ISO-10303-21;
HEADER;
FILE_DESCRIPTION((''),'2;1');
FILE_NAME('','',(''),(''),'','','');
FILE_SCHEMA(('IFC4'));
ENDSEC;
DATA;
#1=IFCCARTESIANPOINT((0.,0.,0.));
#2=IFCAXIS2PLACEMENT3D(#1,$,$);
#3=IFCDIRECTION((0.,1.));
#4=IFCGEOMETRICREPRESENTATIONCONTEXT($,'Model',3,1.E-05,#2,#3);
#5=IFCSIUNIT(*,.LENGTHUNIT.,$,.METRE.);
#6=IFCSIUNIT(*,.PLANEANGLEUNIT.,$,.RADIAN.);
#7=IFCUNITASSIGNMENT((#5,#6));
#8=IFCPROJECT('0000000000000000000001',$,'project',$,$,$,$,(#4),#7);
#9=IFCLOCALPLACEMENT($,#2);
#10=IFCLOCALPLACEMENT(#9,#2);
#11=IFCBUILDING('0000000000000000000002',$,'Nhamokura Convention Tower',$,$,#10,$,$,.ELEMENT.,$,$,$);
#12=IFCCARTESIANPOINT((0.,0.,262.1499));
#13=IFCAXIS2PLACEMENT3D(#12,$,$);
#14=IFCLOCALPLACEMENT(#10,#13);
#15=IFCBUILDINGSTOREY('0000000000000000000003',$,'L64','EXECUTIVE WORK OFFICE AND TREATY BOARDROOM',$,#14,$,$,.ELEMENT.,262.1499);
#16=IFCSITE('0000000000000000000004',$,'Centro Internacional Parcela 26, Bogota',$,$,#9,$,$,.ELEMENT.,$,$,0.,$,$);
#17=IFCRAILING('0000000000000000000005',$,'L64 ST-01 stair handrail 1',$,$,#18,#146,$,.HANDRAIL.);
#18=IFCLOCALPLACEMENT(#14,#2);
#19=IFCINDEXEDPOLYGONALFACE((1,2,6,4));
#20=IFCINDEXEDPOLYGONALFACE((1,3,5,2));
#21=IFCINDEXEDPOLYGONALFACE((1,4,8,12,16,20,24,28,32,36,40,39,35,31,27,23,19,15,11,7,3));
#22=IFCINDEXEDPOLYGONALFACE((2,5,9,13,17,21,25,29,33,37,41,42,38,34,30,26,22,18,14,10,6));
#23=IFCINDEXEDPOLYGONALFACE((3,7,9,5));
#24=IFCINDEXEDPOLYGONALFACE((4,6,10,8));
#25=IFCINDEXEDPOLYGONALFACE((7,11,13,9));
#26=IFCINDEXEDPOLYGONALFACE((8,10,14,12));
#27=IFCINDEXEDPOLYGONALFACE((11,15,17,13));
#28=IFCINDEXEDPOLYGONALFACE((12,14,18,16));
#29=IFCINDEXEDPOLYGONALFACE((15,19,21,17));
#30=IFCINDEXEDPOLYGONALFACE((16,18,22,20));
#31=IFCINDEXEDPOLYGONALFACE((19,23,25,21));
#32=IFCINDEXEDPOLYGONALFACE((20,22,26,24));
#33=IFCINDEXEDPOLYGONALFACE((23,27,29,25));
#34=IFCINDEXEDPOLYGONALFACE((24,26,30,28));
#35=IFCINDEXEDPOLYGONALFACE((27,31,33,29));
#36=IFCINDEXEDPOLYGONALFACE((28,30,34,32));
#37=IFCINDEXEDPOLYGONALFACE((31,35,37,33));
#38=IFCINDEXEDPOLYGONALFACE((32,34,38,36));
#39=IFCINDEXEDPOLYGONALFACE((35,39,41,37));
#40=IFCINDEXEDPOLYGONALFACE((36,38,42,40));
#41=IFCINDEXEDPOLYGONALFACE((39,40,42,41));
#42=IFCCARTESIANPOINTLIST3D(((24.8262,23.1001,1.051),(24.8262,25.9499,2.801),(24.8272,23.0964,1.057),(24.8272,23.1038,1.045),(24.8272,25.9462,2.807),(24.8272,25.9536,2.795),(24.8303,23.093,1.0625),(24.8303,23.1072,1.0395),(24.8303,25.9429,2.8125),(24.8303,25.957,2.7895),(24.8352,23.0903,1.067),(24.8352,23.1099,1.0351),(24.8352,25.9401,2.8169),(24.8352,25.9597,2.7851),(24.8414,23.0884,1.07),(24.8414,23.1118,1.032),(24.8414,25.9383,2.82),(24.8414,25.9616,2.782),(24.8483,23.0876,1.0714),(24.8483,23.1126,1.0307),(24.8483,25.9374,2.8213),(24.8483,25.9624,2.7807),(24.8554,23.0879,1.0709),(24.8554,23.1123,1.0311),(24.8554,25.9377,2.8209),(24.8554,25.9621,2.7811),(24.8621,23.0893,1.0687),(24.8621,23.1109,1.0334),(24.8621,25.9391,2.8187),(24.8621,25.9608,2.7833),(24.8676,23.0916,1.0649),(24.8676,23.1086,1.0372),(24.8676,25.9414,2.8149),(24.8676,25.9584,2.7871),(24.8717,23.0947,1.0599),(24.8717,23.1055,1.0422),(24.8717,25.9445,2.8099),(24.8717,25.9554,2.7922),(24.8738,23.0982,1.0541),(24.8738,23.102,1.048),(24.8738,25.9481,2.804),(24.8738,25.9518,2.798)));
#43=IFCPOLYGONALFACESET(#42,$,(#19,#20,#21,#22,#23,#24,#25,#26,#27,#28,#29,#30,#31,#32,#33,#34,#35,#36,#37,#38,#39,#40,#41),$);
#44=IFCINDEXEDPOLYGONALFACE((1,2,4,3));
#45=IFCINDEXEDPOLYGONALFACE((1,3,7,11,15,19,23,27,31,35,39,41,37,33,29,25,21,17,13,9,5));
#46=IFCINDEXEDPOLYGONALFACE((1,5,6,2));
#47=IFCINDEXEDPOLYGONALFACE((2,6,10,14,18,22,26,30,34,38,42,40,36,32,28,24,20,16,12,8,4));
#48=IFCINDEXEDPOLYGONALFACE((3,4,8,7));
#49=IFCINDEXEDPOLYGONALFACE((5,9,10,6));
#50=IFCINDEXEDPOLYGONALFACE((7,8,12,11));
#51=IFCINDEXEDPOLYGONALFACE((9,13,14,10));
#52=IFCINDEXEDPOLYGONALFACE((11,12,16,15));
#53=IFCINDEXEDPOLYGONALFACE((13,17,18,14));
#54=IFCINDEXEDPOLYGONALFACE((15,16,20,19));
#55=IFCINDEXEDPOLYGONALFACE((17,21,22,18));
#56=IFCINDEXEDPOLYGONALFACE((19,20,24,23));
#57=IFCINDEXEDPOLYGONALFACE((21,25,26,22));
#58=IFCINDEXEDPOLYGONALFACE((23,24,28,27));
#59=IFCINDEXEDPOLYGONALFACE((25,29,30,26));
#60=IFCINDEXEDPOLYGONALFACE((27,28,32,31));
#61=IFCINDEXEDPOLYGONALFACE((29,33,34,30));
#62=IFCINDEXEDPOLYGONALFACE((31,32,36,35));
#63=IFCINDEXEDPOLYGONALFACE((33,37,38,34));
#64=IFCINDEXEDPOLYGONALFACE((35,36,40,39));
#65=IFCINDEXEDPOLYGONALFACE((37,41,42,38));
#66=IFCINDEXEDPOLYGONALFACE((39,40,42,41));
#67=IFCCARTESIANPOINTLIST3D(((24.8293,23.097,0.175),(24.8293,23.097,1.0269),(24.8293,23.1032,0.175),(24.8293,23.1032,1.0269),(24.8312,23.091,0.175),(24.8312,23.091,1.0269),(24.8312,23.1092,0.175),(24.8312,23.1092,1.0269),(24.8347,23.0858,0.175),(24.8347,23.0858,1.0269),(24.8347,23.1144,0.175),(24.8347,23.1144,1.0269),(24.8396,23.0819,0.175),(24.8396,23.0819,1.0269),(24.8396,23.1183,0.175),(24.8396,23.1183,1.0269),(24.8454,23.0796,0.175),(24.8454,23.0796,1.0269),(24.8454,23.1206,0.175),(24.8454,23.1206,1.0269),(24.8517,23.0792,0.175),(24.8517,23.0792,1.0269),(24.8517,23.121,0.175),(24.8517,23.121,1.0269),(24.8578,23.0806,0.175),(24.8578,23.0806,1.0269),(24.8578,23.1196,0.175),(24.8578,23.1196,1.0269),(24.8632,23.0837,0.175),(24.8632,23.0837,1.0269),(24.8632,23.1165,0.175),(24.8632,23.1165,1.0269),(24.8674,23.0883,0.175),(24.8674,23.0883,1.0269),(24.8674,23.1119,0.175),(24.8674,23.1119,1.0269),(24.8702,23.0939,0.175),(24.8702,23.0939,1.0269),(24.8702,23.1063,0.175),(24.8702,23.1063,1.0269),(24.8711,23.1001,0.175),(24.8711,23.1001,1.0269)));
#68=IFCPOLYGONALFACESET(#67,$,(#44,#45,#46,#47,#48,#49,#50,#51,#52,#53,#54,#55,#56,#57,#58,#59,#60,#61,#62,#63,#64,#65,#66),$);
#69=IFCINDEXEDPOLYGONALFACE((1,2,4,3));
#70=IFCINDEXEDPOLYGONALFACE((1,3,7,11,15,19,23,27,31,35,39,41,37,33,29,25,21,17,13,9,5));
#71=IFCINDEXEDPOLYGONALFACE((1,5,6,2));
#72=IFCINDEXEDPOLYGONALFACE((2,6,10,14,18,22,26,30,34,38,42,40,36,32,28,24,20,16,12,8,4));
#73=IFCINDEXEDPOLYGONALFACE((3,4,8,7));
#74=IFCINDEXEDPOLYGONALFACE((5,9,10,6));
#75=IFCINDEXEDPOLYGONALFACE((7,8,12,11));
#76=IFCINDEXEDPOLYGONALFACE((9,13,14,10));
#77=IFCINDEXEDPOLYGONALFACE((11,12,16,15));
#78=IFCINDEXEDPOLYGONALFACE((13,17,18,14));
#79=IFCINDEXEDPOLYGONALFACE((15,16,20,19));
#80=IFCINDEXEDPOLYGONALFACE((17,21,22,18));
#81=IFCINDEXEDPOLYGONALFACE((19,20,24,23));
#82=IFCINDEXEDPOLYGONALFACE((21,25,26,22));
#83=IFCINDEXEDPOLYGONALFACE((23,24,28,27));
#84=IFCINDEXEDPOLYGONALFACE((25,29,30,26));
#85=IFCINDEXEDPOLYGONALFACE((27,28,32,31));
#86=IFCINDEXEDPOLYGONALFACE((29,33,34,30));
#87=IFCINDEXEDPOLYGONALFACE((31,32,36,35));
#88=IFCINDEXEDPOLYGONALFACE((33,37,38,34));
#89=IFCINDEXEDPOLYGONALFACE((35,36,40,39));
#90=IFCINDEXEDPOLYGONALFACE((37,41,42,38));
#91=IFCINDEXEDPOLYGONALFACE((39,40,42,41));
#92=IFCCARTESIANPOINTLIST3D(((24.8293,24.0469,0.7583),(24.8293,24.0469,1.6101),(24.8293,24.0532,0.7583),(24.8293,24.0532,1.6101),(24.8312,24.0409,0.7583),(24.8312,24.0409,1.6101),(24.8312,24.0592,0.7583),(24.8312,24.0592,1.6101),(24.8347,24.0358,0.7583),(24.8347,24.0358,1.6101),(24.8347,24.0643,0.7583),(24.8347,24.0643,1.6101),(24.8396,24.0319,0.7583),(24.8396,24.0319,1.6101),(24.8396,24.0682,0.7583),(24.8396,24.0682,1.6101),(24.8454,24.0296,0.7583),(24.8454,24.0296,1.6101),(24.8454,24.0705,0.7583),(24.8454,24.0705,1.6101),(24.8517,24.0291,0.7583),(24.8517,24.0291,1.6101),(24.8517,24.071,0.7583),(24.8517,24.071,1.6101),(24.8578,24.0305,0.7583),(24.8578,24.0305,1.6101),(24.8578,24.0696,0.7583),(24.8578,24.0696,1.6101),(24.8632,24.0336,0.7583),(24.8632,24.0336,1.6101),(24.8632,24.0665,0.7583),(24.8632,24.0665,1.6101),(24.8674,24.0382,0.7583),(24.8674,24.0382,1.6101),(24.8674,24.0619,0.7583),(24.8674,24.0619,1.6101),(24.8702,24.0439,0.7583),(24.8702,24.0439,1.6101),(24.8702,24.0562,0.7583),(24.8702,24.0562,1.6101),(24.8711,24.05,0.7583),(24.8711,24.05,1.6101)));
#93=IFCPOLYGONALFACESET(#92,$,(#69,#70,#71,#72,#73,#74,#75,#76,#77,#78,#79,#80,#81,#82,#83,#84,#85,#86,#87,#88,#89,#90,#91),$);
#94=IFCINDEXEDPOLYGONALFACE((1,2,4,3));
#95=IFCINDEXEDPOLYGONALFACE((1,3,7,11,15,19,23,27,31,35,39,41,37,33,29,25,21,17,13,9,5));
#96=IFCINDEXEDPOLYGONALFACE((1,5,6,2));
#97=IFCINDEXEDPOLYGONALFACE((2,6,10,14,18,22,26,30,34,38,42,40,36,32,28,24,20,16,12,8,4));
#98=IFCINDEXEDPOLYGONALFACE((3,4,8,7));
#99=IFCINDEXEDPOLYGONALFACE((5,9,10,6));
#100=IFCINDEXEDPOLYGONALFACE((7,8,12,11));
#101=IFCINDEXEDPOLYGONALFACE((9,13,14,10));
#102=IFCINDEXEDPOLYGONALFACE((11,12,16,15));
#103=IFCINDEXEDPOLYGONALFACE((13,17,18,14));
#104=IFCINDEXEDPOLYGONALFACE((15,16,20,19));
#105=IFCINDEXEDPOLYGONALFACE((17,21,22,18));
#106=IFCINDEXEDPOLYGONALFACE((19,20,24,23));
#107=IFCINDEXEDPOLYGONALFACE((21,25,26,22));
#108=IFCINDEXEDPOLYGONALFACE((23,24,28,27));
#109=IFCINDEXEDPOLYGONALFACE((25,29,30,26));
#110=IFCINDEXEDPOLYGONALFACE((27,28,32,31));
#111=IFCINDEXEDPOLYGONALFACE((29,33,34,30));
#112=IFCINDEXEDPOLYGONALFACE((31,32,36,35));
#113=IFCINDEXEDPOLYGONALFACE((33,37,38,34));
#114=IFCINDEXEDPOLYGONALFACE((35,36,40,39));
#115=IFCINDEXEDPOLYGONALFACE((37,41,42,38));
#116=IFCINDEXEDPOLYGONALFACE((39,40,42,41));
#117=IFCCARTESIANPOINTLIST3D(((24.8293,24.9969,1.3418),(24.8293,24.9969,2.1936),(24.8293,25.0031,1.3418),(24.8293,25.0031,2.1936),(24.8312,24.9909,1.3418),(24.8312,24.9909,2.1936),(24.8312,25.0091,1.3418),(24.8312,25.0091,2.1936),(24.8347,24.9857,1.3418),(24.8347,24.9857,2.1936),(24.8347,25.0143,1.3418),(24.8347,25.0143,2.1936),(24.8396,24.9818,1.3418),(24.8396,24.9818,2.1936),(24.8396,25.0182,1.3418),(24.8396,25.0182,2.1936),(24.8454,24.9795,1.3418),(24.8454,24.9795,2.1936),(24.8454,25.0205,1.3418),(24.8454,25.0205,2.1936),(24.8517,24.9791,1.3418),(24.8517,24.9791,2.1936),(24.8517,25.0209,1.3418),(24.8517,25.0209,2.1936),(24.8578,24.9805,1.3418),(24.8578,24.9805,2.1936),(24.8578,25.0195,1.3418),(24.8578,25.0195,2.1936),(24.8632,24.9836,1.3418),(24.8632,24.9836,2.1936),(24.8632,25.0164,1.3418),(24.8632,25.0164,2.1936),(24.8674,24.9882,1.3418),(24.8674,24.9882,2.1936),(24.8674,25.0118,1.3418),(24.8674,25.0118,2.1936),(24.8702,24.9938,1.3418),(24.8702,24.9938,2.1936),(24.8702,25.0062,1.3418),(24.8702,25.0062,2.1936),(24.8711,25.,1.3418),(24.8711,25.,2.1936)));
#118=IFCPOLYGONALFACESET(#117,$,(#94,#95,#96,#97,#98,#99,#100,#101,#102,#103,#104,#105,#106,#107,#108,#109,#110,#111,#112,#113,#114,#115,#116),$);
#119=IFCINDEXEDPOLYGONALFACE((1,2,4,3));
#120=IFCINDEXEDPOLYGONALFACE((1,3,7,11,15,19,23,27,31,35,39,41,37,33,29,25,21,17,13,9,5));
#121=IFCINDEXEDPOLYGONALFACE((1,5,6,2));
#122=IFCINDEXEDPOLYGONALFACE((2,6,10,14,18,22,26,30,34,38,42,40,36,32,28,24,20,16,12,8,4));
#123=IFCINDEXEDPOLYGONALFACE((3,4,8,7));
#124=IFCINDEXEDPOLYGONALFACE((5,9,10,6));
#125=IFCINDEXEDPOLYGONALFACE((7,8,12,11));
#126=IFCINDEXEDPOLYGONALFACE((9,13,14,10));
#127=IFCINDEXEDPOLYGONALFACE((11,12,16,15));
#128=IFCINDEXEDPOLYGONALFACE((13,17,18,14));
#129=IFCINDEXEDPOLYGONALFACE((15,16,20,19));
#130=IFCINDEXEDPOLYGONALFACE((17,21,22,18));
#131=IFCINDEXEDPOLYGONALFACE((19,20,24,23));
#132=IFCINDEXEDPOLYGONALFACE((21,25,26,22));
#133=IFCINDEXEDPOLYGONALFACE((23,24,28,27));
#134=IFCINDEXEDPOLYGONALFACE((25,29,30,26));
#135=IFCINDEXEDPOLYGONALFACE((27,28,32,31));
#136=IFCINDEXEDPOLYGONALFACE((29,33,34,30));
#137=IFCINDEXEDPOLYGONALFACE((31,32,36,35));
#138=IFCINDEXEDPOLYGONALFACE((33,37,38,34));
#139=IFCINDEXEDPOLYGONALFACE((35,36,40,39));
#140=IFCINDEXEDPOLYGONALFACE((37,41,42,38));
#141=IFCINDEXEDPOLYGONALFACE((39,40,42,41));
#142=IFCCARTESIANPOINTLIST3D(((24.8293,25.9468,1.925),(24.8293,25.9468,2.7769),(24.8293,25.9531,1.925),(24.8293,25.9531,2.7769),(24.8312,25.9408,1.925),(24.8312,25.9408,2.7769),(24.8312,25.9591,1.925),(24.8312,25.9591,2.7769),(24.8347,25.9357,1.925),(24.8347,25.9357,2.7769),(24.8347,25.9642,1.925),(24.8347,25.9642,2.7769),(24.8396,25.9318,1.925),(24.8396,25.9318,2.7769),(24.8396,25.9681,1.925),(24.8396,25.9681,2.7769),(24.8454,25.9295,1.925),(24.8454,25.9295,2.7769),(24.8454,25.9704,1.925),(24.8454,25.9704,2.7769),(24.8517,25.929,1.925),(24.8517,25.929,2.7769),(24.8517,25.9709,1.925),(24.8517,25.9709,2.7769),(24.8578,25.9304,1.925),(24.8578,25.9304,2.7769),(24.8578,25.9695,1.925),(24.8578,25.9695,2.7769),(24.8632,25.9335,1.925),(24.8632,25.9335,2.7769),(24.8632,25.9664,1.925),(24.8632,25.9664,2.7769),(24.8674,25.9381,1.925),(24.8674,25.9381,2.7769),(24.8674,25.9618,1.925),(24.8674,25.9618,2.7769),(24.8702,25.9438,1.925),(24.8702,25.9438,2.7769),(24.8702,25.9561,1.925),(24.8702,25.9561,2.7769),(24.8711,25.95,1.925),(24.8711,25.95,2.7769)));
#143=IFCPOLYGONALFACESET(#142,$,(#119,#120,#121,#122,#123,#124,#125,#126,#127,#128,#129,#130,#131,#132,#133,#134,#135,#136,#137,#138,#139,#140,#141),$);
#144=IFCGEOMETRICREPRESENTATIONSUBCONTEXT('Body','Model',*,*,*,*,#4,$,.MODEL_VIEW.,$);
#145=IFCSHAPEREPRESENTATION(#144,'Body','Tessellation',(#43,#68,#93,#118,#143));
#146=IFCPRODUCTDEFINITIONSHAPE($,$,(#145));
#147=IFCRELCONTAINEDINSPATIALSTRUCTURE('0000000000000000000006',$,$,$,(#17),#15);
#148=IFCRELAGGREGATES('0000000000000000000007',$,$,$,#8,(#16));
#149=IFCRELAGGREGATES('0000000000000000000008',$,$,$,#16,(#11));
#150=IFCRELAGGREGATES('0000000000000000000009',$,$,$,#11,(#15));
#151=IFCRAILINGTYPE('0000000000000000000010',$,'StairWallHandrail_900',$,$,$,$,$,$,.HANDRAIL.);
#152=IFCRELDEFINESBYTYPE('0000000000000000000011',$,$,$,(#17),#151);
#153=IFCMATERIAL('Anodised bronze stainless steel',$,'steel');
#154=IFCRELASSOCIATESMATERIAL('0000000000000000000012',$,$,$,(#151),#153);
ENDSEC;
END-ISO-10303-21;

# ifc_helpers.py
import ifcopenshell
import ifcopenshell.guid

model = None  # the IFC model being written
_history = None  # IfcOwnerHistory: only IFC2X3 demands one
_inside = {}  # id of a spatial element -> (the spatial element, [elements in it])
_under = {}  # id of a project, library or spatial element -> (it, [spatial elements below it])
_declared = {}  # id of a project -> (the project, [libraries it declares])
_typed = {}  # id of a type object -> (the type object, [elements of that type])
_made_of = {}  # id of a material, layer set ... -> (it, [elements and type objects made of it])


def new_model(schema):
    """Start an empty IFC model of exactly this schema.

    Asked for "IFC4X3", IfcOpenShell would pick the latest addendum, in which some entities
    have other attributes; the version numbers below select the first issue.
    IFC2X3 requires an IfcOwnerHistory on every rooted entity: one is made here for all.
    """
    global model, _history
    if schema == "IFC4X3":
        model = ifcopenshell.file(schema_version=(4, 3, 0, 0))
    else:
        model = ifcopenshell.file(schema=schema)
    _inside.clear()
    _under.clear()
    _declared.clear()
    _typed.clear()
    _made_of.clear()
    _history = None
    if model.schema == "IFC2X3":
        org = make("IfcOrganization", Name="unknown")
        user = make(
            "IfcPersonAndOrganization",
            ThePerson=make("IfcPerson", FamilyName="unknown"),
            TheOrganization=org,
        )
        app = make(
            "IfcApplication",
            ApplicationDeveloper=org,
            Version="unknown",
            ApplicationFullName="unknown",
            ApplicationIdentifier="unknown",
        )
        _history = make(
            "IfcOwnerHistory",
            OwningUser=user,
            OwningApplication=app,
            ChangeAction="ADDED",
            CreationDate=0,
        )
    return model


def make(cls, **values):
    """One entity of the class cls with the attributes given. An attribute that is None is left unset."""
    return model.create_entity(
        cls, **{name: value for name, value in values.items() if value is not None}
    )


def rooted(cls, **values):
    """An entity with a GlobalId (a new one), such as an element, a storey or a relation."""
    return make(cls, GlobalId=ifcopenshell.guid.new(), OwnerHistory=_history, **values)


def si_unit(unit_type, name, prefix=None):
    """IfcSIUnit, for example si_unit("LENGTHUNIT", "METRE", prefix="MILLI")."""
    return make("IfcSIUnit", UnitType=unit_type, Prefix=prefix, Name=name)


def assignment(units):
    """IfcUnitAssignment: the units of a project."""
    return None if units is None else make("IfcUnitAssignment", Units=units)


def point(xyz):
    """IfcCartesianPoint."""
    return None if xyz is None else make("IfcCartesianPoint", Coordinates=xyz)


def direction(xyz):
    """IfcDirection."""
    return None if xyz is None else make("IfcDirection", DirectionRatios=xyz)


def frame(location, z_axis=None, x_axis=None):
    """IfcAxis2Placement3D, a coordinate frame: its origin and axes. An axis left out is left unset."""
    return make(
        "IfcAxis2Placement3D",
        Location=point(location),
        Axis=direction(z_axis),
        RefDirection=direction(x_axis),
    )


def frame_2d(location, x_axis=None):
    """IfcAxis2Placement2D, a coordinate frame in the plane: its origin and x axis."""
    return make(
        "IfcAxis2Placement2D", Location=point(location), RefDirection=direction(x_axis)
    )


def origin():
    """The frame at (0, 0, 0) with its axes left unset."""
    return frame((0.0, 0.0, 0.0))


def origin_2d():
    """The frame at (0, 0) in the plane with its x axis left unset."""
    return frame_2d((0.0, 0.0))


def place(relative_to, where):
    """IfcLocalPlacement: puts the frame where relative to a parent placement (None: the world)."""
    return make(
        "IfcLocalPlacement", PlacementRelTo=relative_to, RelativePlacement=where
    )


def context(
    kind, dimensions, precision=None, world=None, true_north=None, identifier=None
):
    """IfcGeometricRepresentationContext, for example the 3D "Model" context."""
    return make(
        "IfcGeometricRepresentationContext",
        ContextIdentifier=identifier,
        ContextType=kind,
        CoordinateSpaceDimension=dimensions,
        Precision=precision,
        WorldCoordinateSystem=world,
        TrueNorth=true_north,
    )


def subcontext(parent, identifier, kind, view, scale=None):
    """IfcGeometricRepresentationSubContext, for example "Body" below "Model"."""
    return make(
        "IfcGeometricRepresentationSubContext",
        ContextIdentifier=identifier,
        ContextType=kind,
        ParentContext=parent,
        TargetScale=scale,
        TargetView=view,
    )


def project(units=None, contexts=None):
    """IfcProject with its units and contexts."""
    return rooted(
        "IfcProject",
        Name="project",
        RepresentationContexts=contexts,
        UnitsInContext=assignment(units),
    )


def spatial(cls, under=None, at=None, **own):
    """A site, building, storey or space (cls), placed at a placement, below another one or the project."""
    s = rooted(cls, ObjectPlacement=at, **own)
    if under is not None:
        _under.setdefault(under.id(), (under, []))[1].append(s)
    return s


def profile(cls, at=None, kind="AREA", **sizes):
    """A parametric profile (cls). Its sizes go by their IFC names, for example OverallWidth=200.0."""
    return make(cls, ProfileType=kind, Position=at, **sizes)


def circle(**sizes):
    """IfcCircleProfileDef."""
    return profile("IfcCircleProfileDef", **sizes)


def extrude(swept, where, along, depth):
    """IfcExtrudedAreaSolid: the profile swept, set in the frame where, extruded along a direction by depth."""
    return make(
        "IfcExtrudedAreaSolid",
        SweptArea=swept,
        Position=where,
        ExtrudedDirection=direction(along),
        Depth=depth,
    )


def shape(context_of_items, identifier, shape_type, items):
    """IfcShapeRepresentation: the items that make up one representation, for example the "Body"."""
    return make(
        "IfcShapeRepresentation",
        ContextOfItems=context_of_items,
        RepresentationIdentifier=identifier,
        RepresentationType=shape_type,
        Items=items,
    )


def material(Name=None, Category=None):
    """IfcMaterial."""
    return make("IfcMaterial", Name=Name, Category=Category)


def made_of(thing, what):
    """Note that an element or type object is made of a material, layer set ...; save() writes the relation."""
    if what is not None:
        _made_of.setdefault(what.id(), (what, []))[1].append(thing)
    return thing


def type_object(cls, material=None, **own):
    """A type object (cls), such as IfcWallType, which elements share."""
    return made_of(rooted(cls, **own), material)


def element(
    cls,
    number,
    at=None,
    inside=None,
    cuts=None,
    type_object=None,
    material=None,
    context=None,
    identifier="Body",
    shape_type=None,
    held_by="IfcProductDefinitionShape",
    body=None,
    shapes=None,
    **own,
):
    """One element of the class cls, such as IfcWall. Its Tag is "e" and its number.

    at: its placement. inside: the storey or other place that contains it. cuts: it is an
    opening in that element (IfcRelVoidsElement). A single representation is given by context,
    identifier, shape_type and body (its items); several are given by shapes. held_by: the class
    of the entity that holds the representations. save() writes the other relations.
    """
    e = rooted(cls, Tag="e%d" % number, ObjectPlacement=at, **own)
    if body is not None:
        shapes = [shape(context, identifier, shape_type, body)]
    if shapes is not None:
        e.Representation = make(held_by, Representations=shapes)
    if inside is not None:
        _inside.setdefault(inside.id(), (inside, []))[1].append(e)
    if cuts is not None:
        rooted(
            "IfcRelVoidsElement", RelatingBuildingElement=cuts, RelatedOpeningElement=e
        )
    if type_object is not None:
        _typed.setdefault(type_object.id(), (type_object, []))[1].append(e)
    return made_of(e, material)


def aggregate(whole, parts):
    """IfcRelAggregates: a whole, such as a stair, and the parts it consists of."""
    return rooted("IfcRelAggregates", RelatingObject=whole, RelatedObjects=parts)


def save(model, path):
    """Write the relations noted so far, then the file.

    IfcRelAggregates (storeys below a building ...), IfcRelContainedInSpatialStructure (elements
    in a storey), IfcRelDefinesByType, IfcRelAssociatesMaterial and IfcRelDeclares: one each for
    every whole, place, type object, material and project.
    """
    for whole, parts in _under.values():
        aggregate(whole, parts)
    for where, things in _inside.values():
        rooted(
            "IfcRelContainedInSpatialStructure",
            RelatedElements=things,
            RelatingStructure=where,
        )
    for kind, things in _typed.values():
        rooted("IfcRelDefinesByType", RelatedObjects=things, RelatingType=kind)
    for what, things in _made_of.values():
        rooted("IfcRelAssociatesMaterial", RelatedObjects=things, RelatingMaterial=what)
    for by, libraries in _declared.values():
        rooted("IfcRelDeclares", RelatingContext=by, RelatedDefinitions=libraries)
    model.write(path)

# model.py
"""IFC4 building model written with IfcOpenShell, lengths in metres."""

from ifc_helpers import new_model, si_unit, direction, frame, origin, origin_2d, place, context, subcontext, project, spatial, circle, extrude, material, type_object, element, save


model = new_model("IFC4")

# Units and contexts
model_context = context("Model", 3, precision=1e-05, world=origin(), true_north=direction((0.0, 1.0)))
body_context = subcontext(model_context, "Body", "Model", "MODEL_VIEW")
ifc_project = project(units=[si_unit("LENGTHUNIT", "METRE"), si_unit("PLANEANGLEUNIT", "RADIAN")], contexts=[model_context])

# Site, building, storey
site_placement = place(None, origin())
site = spatial("IfcSite", under=ifc_project, at=site_placement, Name="Centro Internacional Parcela 26, Bogota", CompositionType="ELEMENT", RefElevation=0.0)
building_placement = place(site_placement, origin())
building = spatial("IfcBuilding", under=site, at=building_placement, Name="Nhamokura Convention Tower", CompositionType="ELEMENT")
storey_placement = place(building_placement, frame((0.0, 0.0, 262.1499)))
storey = spatial("IfcBuildingStorey", under=building, at=storey_placement, Name="L64", Description="EXECUTIVE WORK OFFICE AND TREATY BOARDROOM", CompositionType="ELEMENT", Elevation=262.1499)

# Railing
ifc_material_1 = material(Name="Anodised bronze stainless steel", Category="steel")
railing_type_1 = type_object("IfcRailingType", Name="StairWallHandrail_900", PredefinedType="HANDRAIL", material=ifc_material_1)
railing_1_placement = place(storey_placement, frame((24.8501, 23.1001, 0.175)))
element("IfcRailing", 1, at=railing_1_placement, inside=storey, type_object=railing_type_1, Name="L64 ST-01 stair handrail 1", PredefinedType="HANDRAIL", context=body_context, shape_type="SweptSolid", body=[
    extrude(circle(Radius=0.0239, at=origin_2d()), frame((0.0, 0.0, 0.876), z_axis=(0.0, 0.852159, 0.523283), x_axis=(-1.0, 0.0, 0.0)), (0.0, 0.0, 1.0), 3.3442),
    extrude(circle(Radius=0.021, at=origin_2d()), origin(), (0.0, 0.0, 1.0), 0.8518),
    extrude(circle(Radius=0.021, at=origin_2d()), frame((0.0, 0.95, 0.5833)), (0.0, 0.0, 1.0), 0.8518),
    extrude(circle(Radius=0.021, at=origin_2d()), frame((0.0, 1.8999, 1.1667)), (0.0, 0.0, 1.0), 0.8518),
    extrude(circle(Radius=0.021, at=origin_2d()), frame((0.0, 2.8499, 1.75)), (0.0, 0.0, 1.0), 0.8518),
])

save(model, "model.ifc")
